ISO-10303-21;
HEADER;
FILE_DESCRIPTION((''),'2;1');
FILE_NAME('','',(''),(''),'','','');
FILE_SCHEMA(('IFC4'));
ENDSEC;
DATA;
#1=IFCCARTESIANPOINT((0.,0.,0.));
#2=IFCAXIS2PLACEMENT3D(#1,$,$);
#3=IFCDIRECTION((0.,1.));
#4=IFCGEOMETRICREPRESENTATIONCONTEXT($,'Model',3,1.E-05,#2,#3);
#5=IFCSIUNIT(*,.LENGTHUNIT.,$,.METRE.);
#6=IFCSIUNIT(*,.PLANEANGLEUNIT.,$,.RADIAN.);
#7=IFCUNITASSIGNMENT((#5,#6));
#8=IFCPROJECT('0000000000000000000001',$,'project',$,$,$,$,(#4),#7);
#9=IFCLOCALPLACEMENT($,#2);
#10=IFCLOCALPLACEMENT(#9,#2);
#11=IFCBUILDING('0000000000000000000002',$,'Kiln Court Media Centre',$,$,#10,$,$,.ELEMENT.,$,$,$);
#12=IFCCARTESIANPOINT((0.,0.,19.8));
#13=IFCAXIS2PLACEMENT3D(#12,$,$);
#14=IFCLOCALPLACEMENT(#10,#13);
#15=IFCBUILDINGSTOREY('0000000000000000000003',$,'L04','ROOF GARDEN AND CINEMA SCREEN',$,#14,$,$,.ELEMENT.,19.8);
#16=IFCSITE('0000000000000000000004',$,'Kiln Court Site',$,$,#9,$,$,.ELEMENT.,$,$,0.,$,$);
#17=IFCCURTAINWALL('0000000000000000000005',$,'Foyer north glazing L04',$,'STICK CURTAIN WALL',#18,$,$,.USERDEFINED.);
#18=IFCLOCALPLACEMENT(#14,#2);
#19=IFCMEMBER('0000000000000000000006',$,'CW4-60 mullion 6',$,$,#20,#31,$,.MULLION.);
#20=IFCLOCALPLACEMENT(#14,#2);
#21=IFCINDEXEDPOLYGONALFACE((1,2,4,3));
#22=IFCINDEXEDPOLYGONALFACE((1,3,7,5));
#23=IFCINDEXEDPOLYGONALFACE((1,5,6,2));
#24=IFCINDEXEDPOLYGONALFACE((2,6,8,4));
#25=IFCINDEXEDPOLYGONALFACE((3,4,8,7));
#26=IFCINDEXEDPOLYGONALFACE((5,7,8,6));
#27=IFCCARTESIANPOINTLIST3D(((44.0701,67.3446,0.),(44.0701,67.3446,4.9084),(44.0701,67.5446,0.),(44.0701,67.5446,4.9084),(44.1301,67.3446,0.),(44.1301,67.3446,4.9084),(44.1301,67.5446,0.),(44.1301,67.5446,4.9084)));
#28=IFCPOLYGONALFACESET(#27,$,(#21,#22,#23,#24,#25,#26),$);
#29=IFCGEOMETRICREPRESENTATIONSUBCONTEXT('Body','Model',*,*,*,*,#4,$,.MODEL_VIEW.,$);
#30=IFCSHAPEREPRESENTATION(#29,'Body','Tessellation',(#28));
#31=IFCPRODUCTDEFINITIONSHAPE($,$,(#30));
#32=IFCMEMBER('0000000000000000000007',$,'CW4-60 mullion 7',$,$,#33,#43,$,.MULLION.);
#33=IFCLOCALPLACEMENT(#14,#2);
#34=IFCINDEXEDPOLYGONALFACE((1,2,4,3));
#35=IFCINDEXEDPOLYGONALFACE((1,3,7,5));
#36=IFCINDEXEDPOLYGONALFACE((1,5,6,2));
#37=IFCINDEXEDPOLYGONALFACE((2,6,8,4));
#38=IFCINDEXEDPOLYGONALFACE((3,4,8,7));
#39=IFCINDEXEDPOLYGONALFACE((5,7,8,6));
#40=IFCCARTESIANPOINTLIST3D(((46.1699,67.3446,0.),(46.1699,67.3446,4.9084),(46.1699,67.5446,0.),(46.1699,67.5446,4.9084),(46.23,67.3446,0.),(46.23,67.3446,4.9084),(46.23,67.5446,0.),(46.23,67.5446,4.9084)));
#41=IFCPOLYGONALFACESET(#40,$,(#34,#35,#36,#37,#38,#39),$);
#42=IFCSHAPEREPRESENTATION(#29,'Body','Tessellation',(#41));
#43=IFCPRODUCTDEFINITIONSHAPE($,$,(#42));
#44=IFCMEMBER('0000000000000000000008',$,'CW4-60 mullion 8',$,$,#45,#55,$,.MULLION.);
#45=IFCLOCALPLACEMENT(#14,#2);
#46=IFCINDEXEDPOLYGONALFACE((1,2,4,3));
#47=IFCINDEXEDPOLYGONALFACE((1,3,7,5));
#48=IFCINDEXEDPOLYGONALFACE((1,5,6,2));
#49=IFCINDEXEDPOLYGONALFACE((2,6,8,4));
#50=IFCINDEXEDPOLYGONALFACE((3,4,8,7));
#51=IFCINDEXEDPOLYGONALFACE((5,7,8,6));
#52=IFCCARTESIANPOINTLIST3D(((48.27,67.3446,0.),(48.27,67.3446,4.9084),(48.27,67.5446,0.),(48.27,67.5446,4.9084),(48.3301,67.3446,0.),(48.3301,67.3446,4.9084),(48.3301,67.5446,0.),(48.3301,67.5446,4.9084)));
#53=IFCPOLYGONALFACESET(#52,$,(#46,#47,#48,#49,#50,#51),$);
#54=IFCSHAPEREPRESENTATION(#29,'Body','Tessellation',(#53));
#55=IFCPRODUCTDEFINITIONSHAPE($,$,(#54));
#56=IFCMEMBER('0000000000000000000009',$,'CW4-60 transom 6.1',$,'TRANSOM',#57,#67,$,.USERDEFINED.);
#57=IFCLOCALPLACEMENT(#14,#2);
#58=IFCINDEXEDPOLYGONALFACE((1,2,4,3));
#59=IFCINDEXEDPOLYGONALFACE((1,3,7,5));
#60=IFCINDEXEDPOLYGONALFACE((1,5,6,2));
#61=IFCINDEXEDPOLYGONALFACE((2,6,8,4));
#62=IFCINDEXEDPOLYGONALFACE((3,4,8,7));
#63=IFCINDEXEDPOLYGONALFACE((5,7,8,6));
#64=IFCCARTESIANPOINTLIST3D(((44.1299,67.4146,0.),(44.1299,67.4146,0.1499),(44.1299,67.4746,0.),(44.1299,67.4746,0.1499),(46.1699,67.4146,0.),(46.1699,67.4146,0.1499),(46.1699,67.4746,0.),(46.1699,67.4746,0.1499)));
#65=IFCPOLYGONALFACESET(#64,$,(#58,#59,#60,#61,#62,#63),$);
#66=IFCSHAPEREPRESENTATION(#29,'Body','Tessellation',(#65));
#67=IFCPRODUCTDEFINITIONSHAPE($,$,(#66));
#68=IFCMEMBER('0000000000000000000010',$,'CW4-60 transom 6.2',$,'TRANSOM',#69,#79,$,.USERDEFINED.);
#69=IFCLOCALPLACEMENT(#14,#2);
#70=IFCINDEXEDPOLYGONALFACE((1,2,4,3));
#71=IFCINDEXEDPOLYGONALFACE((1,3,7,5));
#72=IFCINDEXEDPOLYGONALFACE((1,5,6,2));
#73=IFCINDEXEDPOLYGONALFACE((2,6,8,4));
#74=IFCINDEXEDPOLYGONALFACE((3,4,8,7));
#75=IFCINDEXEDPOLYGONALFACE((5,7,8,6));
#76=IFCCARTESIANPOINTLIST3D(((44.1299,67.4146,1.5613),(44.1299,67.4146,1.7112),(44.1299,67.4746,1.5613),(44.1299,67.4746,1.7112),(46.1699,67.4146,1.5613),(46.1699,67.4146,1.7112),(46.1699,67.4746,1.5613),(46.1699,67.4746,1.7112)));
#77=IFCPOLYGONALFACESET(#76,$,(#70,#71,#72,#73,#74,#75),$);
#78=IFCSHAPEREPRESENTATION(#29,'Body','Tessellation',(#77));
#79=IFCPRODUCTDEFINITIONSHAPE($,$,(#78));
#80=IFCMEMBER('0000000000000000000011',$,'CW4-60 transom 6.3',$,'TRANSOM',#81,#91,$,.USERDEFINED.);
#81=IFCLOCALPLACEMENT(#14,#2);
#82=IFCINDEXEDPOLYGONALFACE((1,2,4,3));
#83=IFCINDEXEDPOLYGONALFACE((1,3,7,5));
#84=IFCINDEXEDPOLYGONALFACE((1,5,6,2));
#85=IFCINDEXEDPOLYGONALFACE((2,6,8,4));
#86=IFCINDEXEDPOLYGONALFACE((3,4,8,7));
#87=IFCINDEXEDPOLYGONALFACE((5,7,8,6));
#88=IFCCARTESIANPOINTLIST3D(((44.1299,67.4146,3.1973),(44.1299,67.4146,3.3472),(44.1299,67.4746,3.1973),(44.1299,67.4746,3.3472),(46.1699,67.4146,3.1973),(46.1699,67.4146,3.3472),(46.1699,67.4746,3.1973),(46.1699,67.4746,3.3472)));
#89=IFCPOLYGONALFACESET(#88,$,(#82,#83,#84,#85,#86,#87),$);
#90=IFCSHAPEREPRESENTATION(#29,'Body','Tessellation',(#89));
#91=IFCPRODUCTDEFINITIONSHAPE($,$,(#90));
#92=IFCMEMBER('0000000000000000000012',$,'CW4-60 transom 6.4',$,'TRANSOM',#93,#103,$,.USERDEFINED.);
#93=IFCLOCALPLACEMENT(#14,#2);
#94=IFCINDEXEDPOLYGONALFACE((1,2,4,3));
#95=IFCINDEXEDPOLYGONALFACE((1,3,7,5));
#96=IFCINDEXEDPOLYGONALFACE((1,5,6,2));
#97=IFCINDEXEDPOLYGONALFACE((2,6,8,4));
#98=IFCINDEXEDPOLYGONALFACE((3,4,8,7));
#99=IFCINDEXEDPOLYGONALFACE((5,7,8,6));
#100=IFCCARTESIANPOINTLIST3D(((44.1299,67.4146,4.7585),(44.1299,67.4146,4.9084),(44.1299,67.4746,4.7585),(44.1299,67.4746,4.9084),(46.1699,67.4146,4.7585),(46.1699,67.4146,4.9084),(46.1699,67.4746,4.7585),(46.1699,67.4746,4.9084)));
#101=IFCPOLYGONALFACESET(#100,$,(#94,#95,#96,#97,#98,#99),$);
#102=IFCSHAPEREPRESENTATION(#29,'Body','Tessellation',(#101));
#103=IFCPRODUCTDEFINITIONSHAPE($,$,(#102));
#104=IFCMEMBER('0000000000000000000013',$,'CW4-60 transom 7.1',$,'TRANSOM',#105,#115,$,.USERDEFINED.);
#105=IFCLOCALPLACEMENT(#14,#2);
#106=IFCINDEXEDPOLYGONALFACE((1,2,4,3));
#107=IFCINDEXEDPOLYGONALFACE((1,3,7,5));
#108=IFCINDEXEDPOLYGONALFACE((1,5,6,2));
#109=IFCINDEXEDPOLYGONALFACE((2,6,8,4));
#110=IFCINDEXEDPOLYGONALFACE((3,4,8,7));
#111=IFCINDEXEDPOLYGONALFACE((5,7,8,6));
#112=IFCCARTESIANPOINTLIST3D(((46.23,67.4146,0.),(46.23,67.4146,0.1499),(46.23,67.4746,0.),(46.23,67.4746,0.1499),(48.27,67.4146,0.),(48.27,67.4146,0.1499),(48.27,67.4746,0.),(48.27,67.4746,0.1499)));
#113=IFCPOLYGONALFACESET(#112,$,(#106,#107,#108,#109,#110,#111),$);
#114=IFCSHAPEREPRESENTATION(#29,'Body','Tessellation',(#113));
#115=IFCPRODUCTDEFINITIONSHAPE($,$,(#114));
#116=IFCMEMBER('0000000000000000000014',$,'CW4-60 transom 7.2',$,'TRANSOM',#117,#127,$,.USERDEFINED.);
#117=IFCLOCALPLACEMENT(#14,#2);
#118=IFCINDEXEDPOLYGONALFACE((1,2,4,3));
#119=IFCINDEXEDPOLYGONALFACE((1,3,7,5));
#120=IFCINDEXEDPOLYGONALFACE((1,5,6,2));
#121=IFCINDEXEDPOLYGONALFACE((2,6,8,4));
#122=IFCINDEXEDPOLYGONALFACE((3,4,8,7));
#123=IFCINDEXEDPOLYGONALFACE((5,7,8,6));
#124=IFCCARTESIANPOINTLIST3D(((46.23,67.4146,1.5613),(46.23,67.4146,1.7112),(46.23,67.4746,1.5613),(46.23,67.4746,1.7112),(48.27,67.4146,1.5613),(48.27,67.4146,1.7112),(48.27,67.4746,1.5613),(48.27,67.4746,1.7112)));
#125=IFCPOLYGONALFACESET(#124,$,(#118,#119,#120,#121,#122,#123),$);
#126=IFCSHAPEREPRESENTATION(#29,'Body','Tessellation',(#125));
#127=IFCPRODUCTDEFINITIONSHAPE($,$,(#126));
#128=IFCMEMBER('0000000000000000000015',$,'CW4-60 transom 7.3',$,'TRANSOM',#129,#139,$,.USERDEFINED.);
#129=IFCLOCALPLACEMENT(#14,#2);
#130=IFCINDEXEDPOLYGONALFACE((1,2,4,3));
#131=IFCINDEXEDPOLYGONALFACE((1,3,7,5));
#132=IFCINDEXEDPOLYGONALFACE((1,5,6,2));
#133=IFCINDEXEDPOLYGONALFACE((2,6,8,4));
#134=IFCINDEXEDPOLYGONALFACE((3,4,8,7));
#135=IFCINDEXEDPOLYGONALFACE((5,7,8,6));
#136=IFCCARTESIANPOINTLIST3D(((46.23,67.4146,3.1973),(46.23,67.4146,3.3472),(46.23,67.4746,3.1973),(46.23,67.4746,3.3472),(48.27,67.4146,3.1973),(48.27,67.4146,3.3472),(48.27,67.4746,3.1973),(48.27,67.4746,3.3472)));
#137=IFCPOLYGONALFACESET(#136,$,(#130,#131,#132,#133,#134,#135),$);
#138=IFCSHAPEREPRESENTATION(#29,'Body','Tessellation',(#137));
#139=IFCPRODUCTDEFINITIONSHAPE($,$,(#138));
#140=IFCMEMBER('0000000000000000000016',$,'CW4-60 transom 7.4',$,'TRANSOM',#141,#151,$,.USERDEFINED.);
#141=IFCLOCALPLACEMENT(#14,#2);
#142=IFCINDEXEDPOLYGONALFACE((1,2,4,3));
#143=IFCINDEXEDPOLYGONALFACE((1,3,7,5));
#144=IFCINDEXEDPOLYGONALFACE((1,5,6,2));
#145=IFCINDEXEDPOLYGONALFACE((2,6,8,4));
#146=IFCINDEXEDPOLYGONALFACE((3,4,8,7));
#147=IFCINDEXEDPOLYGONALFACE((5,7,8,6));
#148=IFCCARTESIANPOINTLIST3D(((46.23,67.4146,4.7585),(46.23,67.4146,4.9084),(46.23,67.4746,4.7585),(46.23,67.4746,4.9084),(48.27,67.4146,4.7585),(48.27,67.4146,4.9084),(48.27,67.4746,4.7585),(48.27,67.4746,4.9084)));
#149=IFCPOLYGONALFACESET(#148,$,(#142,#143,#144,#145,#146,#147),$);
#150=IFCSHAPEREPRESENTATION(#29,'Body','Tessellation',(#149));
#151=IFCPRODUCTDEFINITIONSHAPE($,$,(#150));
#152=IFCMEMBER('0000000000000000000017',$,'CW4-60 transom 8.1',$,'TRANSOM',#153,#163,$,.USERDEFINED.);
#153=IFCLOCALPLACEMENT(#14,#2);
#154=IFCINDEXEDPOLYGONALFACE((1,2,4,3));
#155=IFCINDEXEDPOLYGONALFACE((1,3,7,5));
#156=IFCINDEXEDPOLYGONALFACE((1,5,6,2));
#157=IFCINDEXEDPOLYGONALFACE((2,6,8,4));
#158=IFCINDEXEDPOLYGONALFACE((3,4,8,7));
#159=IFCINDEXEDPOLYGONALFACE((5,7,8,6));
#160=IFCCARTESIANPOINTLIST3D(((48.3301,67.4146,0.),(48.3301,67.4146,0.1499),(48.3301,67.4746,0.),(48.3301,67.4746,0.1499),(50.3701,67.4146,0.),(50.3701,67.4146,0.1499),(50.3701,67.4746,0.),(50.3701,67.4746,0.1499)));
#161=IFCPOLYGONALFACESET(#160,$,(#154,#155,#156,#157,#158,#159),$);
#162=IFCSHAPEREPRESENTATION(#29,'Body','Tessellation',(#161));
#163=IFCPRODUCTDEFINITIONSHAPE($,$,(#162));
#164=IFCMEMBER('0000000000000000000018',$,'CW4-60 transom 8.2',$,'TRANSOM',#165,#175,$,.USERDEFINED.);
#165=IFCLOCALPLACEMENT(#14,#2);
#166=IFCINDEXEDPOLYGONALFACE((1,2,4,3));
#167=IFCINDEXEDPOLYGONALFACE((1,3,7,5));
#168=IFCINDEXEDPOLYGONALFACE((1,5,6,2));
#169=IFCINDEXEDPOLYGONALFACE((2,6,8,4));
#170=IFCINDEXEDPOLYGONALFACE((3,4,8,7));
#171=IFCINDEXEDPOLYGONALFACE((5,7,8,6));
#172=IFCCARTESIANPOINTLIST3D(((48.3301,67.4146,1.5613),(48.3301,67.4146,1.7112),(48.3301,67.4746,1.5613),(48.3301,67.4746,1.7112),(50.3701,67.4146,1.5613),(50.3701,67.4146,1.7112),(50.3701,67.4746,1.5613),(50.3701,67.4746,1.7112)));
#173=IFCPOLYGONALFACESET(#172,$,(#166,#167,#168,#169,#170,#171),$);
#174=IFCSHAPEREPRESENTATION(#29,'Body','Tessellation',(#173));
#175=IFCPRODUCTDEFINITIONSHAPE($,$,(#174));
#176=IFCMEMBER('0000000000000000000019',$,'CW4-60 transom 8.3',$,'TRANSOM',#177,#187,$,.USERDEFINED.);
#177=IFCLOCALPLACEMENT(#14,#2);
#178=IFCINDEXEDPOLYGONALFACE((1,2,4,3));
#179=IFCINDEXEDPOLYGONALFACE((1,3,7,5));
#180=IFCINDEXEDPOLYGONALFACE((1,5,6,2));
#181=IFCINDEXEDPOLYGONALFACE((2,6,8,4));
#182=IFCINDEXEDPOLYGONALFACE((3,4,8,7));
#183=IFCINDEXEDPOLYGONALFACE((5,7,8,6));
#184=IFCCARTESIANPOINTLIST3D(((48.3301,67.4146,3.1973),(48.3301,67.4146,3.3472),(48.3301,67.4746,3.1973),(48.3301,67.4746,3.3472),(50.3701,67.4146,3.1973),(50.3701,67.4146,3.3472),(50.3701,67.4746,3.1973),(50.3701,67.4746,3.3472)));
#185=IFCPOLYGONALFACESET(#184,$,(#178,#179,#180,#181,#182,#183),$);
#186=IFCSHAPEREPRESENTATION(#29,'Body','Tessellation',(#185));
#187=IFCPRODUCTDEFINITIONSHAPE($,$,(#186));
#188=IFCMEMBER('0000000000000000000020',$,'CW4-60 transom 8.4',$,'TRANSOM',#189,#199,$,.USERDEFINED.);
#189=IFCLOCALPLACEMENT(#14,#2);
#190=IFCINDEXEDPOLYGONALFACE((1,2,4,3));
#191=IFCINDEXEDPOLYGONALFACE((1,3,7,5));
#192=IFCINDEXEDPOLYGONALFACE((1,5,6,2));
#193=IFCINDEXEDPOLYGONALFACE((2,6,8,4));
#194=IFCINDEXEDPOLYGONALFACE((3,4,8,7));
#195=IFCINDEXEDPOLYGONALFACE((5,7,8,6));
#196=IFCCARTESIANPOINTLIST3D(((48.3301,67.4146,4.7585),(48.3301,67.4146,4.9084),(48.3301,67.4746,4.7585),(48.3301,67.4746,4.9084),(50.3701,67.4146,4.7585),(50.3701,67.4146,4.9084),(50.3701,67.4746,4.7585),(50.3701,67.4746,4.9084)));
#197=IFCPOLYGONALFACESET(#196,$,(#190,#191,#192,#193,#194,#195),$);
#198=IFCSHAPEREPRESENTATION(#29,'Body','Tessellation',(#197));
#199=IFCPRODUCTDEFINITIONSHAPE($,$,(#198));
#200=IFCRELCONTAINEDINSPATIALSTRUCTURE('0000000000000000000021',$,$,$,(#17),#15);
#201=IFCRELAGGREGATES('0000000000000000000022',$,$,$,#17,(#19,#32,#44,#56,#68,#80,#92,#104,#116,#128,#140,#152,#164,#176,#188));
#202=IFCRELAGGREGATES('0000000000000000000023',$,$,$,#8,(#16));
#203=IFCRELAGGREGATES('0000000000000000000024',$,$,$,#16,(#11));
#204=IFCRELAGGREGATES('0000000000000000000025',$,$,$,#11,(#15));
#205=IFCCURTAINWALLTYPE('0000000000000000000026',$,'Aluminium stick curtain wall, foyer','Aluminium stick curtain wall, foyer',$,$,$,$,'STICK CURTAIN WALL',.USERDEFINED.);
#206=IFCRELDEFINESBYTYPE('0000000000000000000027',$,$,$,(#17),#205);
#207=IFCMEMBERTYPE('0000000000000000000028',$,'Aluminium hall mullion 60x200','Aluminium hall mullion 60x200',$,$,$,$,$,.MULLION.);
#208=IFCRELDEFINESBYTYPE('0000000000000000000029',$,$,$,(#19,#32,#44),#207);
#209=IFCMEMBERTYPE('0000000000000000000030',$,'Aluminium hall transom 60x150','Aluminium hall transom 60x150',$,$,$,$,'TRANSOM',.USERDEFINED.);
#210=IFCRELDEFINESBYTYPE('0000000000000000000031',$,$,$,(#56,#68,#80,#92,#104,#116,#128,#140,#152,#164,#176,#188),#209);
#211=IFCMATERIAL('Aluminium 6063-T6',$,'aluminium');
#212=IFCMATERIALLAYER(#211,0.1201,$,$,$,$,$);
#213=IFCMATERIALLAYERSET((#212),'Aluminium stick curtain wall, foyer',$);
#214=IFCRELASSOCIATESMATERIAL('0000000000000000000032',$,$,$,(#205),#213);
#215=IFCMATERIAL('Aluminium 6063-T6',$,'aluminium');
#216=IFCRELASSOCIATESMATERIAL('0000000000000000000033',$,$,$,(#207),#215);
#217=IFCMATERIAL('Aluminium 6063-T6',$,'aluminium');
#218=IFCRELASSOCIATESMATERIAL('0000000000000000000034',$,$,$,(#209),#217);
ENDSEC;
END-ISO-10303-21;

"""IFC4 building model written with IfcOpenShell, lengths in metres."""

from ifc_helpers import new_model, si_unit, direction, frame, origin, origin_2d, place, context, subcontext, project, spatial, rectangle, extrude, material, layer, layer_set, material_profile, profile_set, type_object, element, aggregate, save


model = new_model("IFC4")

# Units and contexts
model_context = context("Model", 3, precision=1e-05, world=origin(), true_north=direction((0.0, 1.0)))
body_context = subcontext(model_context, "Body", "Model", "MODEL_VIEW")
ifc_project = project(units=[si_unit("LENGTHUNIT", "METRE"), si_unit("PLANEANGLEUNIT", "RADIAN")], contexts=[model_context])

# Site, building, storey
site_placement = place(None, origin())
site = spatial("IfcSite", under=ifc_project, at=site_placement, Name="Kiln Court Site", CompositionType="ELEMENT", RefElevation=0.0)
building_placement = place(site_placement, origin())
building = spatial("IfcBuilding", under=site, at=building_placement, Name="Kiln Court Media Centre", CompositionType="ELEMENT")
storey_placement = place(building_placement, frame((0.0, 0.0, 19.8)))
storey = spatial("IfcBuildingStorey", under=building, at=storey_placement, Name="L04", Description="ROOF GARDEN AND CINEMA SCREEN", CompositionType="ELEMENT", Elevation=19.8)

# Curtain wall, members
ifc_material_1 = material(Name="Aluminium 6063-T6", Category="aluminium")
ifc_layer_1 = layer(ifc_material_1, 0.1201)
ifc_layer_set_1 = layer_set([ifc_layer_1], Name="Aluminium stick curtain wall, foyer")
curtain_wall_type = type_object("IfcCurtainWallType", Name="Aluminium stick curtain wall, foyer", Description="Aluminium stick curtain wall, foyer", ElementType="STICK CURTAIN WALL", PredefinedType="USERDEFINED", material=ifc_layer_set_1)
curtain_wall_placement = place(storey_placement, origin())
curtain_wall = element("IfcCurtainWall", 1, at=curtain_wall_placement, inside=storey, type_object=curtain_wall_type, Name="Foyer north glazing L04", ObjectType="STICK CURTAIN WALL", PredefinedType="USERDEFINED")
ifc_material_2 = material(Name="Aluminium 6063-T6", Category="aluminium")
ifc_material_profile_1 = material_profile(ifc_material_2, rectangle(XDim=0.0601, YDim=0.2, at=origin_2d()), Name="Aluminium hall mullion 60x200")
ifc_profile_set_1 = profile_set([ifc_material_profile_1], Name="Aluminium 6063-T6")
member_type_1 = type_object("IfcMemberType", Name="Aluminium hall mullion 60x200", Description="Aluminium hall mullion 60x200", PredefinedType="MULLION", material=ifc_profile_set_1)
member_1_placement = place(storey_placement, frame((44.1001, 67.4446, 0.0), z_axis=(0.0, 0.0, 1.0), x_axis=(1.0, 0.0, 0.0)))
member_1 = element("IfcMember", 2, at=member_1_placement, type_object=member_type_1, Name="CW4-60 mullion 6", PredefinedType="MULLION", context=body_context, shape_type="SweptSolid", body=[
    extrude(rectangle(XDim=0.0601, YDim=0.2, at=origin_2d()), origin(), (0.0, 0.0, 1.0), 4.9084),
])
member_2_placement = place(storey_placement, frame((46.2, 67.4446, 0.0), z_axis=(0.0, 0.0, 1.0), x_axis=(1.0, 0.0, 0.0)))
member_2 = element("IfcMember", 3, at=member_2_placement, type_object=member_type_1, Name="CW4-60 mullion 7", PredefinedType="MULLION", context=body_context, shape_type="SweptSolid", body=[
    extrude(rectangle(XDim=0.0601, YDim=0.2, at=origin_2d()), origin(), (0.0, 0.0, 1.0), 4.9084),
])
member_3_placement = place(storey_placement, frame((48.3, 67.4446, 0.0), z_axis=(0.0, 0.0, 1.0), x_axis=(1.0, 0.0, 0.0)))
member_3 = element("IfcMember", 4, at=member_3_placement, type_object=member_type_1, Name="CW4-60 mullion 8", PredefinedType="MULLION", context=body_context, shape_type="SweptSolid", body=[
    extrude(rectangle(XDim=0.0601, YDim=0.2, at=origin_2d()), origin(), (0.0, 0.0, 1.0), 4.9084),
])
ifc_material_3 = material(Name="Aluminium 6063-T6", Category="aluminium")
ifc_material_profile_2 = material_profile(ifc_material_3, rectangle(XDim=0.0601, YDim=0.1499, at=origin_2d()), Name="Aluminium hall transom 60x150")
ifc_profile_set_2 = profile_set([ifc_material_profile_2], Name="Aluminium 6063-T6")
member_type_2 = type_object("IfcMemberType", Name="Aluminium hall transom 60x150", Description="Aluminium hall transom 60x150", ElementType="TRANSOM", PredefinedType="USERDEFINED", material=ifc_profile_set_2)
member_4_placement = place(storey_placement, frame((44.1299, 67.4446, 0.075), z_axis=(1.0, 0.0, 0.0), x_axis=(0.0, 1.0, 0.0)))
member_4 = element("IfcMember", 5, at=member_4_placement, type_object=member_type_2, Name="CW4-60 transom 6.1", ObjectType="TRANSOM", PredefinedType="USERDEFINED", context=body_context, shape_type="SweptSolid", body=[
    extrude(rectangle(XDim=0.0601, YDim=0.1499, at=origin_2d()), origin(), (0.0, 0.0, 1.0), 2.04),
])
member_5_placement = place(storey_placement, frame((44.1299, 67.4446, 1.6362), z_axis=(1.0, 0.0, 0.0), x_axis=(0.0, 1.0, 0.0)))
member_5 = element("IfcMember", 6, at=member_5_placement, type_object=member_type_2, Name="CW4-60 transom 6.2", ObjectType="TRANSOM", PredefinedType="USERDEFINED", context=body_context, shape_type="SweptSolid", body=[
    extrude(rectangle(XDim=0.0601, YDim=0.1499, at=origin_2d()), origin(), (0.0, 0.0, 1.0), 2.04),
])
member_6_placement = place(storey_placement, frame((44.1299, 67.4446, 3.2722), z_axis=(1.0, 0.0, 0.0), x_axis=(0.0, 1.0, 0.0)))
member_6 = element("IfcMember", 7, at=member_6_placement, type_object=member_type_2, Name="CW4-60 transom 6.3", ObjectType="TRANSOM", PredefinedType="USERDEFINED", context=body_context, shape_type="SweptSolid", body=[
    extrude(rectangle(XDim=0.0601, YDim=0.1499, at=origin_2d()), origin(), (0.0, 0.0, 1.0), 2.04),
])
member_7_placement = place(storey_placement, frame((44.1299, 67.4446, 4.8335), z_axis=(1.0, 0.0, 0.0), x_axis=(0.0, 1.0, 0.0)))
member_7 = element("IfcMember", 8, at=member_7_placement, type_object=member_type_2, Name="CW4-60 transom 6.4", ObjectType="TRANSOM", PredefinedType="USERDEFINED", context=body_context, shape_type="SweptSolid", body=[
    extrude(rectangle(XDim=0.0601, YDim=0.1499, at=origin_2d()), origin(), (0.0, 0.0, 1.0), 2.04),
])
member_8_placement = place(storey_placement, frame((46.23, 67.4446, 0.075), z_axis=(1.0, 0.0, 0.0), x_axis=(0.0, 1.0, 0.0)))
member_8 = element("IfcMember", 9, at=member_8_placement, type_object=member_type_2, Name="CW4-60 transom 7.1", ObjectType="TRANSOM", PredefinedType="USERDEFINED", context=body_context, shape_type="SweptSolid", body=[
    extrude(rectangle(XDim=0.0601, YDim=0.1499, at=origin_2d()), origin(), (0.0, 0.0, 1.0), 2.04),
])
member_9_placement = place(storey_placement, frame((46.23, 67.4446, 1.6362), z_axis=(1.0, 0.0, 0.0), x_axis=(0.0, 1.0, 0.0)))
member_9 = element("IfcMember", 10, at=member_9_placement, type_object=member_type_2, Name="CW4-60 transom 7.2", ObjectType="TRANSOM", PredefinedType="USERDEFINED", context=body_context, shape_type="SweptSolid", body=[
    extrude(rectangle(XDim=0.0601, YDim=0.1499, at=origin_2d()), origin(), (0.0, 0.0, 1.0), 2.04),
])
member_10_placement = place(storey_placement, frame((46.23, 67.4446, 3.2722), z_axis=(1.0, 0.0, 0.0), x_axis=(0.0, 1.0, 0.0)))
member_10 = element("IfcMember", 11, at=member_10_placement, type_object=member_type_2, Name="CW4-60 transom 7.3", ObjectType="TRANSOM", PredefinedType="USERDEFINED", context=body_context, shape_type="SweptSolid", body=[
    extrude(rectangle(XDim=0.0601, YDim=0.1499, at=origin_2d()), origin(), (0.0, 0.0, 1.0), 2.04),
])
member_11_placement = place(storey_placement, frame((46.23, 67.4446, 4.8335), z_axis=(1.0, 0.0, 0.0), x_axis=(0.0, 1.0, 0.0)))
member_11 = element("IfcMember", 12, at=member_11_placement, type_object=member_type_2, Name="CW4-60 transom 7.4", ObjectType="TRANSOM", PredefinedType="USERDEFINED", context=body_context, shape_type="SweptSolid", body=[
    extrude(rectangle(XDim=0.0601, YDim=0.1499, at=origin_2d()), origin(), (0.0, 0.0, 1.0), 2.04),
])
member_12_placement = place(storey_placement, frame((48.3301, 67.4446, 0.075), z_axis=(1.0, 0.0, 0.0), x_axis=(0.0, 1.0, 0.0)))
member_12 = element("IfcMember", 13, at=member_12_placement, type_object=member_type_2, Name="CW4-60 transom 8.1", ObjectType="TRANSOM", PredefinedType="USERDEFINED", context=body_context, shape_type="SweptSolid", body=[
    extrude(rectangle(XDim=0.0601, YDim=0.1499, at=origin_2d()), origin(), (0.0, 0.0, 1.0), 2.04),
])
member_13_placement = place(storey_placement, frame((48.3301, 67.4446, 1.6362), z_axis=(1.0, 0.0, 0.0), x_axis=(0.0, 1.0, 0.0)))
member_13 = element("IfcMember", 14, at=member_13_placement, type_object=member_type_2, Name="CW4-60 transom 8.2", ObjectType="TRANSOM", PredefinedType="USERDEFINED", context=body_context, shape_type="SweptSolid", body=[
    extrude(rectangle(XDim=0.0601, YDim=0.1499, at=origin_2d()), origin(), (0.0, 0.0, 1.0), 2.04),
])
member_14_placement = place(storey_placement, frame((48.3301, 67.4446, 3.2722), z_axis=(1.0, 0.0, 0.0), x_axis=(0.0, 1.0, 0.0)))
member_14 = element("IfcMember", 15, at=member_14_placement, type_object=member_type_2, Name="CW4-60 transom 8.3", ObjectType="TRANSOM", PredefinedType="USERDEFINED", context=body_context, shape_type="SweptSolid", body=[
    extrude(rectangle(XDim=0.0601, YDim=0.1499, at=origin_2d()), origin(), (0.0, 0.0, 1.0), 2.04),
])
member_15_placement = place(storey_placement, frame((48.3301, 67.4446, 4.8335), z_axis=(1.0, 0.0, 0.0), x_axis=(0.0, 1.0, 0.0)))
member_15 = element("IfcMember", 16, at=member_15_placement, type_object=member_type_2, Name="CW4-60 transom 8.4", ObjectType="TRANSOM", PredefinedType="USERDEFINED", context=body_context, shape_type="SweptSolid", body=[
    extrude(rectangle(XDim=0.0601, YDim=0.1499, at=origin_2d()), origin(), (0.0, 0.0, 1.0), 2.04),
])
aggregate(curtain_wall, [member_1, member_2, member_3, member_4, member_5, member_6, member_7, member_8, member_9, member_10, member_11, member_12, member_13, member_14, member_15])

save(model, "model.ifc")
